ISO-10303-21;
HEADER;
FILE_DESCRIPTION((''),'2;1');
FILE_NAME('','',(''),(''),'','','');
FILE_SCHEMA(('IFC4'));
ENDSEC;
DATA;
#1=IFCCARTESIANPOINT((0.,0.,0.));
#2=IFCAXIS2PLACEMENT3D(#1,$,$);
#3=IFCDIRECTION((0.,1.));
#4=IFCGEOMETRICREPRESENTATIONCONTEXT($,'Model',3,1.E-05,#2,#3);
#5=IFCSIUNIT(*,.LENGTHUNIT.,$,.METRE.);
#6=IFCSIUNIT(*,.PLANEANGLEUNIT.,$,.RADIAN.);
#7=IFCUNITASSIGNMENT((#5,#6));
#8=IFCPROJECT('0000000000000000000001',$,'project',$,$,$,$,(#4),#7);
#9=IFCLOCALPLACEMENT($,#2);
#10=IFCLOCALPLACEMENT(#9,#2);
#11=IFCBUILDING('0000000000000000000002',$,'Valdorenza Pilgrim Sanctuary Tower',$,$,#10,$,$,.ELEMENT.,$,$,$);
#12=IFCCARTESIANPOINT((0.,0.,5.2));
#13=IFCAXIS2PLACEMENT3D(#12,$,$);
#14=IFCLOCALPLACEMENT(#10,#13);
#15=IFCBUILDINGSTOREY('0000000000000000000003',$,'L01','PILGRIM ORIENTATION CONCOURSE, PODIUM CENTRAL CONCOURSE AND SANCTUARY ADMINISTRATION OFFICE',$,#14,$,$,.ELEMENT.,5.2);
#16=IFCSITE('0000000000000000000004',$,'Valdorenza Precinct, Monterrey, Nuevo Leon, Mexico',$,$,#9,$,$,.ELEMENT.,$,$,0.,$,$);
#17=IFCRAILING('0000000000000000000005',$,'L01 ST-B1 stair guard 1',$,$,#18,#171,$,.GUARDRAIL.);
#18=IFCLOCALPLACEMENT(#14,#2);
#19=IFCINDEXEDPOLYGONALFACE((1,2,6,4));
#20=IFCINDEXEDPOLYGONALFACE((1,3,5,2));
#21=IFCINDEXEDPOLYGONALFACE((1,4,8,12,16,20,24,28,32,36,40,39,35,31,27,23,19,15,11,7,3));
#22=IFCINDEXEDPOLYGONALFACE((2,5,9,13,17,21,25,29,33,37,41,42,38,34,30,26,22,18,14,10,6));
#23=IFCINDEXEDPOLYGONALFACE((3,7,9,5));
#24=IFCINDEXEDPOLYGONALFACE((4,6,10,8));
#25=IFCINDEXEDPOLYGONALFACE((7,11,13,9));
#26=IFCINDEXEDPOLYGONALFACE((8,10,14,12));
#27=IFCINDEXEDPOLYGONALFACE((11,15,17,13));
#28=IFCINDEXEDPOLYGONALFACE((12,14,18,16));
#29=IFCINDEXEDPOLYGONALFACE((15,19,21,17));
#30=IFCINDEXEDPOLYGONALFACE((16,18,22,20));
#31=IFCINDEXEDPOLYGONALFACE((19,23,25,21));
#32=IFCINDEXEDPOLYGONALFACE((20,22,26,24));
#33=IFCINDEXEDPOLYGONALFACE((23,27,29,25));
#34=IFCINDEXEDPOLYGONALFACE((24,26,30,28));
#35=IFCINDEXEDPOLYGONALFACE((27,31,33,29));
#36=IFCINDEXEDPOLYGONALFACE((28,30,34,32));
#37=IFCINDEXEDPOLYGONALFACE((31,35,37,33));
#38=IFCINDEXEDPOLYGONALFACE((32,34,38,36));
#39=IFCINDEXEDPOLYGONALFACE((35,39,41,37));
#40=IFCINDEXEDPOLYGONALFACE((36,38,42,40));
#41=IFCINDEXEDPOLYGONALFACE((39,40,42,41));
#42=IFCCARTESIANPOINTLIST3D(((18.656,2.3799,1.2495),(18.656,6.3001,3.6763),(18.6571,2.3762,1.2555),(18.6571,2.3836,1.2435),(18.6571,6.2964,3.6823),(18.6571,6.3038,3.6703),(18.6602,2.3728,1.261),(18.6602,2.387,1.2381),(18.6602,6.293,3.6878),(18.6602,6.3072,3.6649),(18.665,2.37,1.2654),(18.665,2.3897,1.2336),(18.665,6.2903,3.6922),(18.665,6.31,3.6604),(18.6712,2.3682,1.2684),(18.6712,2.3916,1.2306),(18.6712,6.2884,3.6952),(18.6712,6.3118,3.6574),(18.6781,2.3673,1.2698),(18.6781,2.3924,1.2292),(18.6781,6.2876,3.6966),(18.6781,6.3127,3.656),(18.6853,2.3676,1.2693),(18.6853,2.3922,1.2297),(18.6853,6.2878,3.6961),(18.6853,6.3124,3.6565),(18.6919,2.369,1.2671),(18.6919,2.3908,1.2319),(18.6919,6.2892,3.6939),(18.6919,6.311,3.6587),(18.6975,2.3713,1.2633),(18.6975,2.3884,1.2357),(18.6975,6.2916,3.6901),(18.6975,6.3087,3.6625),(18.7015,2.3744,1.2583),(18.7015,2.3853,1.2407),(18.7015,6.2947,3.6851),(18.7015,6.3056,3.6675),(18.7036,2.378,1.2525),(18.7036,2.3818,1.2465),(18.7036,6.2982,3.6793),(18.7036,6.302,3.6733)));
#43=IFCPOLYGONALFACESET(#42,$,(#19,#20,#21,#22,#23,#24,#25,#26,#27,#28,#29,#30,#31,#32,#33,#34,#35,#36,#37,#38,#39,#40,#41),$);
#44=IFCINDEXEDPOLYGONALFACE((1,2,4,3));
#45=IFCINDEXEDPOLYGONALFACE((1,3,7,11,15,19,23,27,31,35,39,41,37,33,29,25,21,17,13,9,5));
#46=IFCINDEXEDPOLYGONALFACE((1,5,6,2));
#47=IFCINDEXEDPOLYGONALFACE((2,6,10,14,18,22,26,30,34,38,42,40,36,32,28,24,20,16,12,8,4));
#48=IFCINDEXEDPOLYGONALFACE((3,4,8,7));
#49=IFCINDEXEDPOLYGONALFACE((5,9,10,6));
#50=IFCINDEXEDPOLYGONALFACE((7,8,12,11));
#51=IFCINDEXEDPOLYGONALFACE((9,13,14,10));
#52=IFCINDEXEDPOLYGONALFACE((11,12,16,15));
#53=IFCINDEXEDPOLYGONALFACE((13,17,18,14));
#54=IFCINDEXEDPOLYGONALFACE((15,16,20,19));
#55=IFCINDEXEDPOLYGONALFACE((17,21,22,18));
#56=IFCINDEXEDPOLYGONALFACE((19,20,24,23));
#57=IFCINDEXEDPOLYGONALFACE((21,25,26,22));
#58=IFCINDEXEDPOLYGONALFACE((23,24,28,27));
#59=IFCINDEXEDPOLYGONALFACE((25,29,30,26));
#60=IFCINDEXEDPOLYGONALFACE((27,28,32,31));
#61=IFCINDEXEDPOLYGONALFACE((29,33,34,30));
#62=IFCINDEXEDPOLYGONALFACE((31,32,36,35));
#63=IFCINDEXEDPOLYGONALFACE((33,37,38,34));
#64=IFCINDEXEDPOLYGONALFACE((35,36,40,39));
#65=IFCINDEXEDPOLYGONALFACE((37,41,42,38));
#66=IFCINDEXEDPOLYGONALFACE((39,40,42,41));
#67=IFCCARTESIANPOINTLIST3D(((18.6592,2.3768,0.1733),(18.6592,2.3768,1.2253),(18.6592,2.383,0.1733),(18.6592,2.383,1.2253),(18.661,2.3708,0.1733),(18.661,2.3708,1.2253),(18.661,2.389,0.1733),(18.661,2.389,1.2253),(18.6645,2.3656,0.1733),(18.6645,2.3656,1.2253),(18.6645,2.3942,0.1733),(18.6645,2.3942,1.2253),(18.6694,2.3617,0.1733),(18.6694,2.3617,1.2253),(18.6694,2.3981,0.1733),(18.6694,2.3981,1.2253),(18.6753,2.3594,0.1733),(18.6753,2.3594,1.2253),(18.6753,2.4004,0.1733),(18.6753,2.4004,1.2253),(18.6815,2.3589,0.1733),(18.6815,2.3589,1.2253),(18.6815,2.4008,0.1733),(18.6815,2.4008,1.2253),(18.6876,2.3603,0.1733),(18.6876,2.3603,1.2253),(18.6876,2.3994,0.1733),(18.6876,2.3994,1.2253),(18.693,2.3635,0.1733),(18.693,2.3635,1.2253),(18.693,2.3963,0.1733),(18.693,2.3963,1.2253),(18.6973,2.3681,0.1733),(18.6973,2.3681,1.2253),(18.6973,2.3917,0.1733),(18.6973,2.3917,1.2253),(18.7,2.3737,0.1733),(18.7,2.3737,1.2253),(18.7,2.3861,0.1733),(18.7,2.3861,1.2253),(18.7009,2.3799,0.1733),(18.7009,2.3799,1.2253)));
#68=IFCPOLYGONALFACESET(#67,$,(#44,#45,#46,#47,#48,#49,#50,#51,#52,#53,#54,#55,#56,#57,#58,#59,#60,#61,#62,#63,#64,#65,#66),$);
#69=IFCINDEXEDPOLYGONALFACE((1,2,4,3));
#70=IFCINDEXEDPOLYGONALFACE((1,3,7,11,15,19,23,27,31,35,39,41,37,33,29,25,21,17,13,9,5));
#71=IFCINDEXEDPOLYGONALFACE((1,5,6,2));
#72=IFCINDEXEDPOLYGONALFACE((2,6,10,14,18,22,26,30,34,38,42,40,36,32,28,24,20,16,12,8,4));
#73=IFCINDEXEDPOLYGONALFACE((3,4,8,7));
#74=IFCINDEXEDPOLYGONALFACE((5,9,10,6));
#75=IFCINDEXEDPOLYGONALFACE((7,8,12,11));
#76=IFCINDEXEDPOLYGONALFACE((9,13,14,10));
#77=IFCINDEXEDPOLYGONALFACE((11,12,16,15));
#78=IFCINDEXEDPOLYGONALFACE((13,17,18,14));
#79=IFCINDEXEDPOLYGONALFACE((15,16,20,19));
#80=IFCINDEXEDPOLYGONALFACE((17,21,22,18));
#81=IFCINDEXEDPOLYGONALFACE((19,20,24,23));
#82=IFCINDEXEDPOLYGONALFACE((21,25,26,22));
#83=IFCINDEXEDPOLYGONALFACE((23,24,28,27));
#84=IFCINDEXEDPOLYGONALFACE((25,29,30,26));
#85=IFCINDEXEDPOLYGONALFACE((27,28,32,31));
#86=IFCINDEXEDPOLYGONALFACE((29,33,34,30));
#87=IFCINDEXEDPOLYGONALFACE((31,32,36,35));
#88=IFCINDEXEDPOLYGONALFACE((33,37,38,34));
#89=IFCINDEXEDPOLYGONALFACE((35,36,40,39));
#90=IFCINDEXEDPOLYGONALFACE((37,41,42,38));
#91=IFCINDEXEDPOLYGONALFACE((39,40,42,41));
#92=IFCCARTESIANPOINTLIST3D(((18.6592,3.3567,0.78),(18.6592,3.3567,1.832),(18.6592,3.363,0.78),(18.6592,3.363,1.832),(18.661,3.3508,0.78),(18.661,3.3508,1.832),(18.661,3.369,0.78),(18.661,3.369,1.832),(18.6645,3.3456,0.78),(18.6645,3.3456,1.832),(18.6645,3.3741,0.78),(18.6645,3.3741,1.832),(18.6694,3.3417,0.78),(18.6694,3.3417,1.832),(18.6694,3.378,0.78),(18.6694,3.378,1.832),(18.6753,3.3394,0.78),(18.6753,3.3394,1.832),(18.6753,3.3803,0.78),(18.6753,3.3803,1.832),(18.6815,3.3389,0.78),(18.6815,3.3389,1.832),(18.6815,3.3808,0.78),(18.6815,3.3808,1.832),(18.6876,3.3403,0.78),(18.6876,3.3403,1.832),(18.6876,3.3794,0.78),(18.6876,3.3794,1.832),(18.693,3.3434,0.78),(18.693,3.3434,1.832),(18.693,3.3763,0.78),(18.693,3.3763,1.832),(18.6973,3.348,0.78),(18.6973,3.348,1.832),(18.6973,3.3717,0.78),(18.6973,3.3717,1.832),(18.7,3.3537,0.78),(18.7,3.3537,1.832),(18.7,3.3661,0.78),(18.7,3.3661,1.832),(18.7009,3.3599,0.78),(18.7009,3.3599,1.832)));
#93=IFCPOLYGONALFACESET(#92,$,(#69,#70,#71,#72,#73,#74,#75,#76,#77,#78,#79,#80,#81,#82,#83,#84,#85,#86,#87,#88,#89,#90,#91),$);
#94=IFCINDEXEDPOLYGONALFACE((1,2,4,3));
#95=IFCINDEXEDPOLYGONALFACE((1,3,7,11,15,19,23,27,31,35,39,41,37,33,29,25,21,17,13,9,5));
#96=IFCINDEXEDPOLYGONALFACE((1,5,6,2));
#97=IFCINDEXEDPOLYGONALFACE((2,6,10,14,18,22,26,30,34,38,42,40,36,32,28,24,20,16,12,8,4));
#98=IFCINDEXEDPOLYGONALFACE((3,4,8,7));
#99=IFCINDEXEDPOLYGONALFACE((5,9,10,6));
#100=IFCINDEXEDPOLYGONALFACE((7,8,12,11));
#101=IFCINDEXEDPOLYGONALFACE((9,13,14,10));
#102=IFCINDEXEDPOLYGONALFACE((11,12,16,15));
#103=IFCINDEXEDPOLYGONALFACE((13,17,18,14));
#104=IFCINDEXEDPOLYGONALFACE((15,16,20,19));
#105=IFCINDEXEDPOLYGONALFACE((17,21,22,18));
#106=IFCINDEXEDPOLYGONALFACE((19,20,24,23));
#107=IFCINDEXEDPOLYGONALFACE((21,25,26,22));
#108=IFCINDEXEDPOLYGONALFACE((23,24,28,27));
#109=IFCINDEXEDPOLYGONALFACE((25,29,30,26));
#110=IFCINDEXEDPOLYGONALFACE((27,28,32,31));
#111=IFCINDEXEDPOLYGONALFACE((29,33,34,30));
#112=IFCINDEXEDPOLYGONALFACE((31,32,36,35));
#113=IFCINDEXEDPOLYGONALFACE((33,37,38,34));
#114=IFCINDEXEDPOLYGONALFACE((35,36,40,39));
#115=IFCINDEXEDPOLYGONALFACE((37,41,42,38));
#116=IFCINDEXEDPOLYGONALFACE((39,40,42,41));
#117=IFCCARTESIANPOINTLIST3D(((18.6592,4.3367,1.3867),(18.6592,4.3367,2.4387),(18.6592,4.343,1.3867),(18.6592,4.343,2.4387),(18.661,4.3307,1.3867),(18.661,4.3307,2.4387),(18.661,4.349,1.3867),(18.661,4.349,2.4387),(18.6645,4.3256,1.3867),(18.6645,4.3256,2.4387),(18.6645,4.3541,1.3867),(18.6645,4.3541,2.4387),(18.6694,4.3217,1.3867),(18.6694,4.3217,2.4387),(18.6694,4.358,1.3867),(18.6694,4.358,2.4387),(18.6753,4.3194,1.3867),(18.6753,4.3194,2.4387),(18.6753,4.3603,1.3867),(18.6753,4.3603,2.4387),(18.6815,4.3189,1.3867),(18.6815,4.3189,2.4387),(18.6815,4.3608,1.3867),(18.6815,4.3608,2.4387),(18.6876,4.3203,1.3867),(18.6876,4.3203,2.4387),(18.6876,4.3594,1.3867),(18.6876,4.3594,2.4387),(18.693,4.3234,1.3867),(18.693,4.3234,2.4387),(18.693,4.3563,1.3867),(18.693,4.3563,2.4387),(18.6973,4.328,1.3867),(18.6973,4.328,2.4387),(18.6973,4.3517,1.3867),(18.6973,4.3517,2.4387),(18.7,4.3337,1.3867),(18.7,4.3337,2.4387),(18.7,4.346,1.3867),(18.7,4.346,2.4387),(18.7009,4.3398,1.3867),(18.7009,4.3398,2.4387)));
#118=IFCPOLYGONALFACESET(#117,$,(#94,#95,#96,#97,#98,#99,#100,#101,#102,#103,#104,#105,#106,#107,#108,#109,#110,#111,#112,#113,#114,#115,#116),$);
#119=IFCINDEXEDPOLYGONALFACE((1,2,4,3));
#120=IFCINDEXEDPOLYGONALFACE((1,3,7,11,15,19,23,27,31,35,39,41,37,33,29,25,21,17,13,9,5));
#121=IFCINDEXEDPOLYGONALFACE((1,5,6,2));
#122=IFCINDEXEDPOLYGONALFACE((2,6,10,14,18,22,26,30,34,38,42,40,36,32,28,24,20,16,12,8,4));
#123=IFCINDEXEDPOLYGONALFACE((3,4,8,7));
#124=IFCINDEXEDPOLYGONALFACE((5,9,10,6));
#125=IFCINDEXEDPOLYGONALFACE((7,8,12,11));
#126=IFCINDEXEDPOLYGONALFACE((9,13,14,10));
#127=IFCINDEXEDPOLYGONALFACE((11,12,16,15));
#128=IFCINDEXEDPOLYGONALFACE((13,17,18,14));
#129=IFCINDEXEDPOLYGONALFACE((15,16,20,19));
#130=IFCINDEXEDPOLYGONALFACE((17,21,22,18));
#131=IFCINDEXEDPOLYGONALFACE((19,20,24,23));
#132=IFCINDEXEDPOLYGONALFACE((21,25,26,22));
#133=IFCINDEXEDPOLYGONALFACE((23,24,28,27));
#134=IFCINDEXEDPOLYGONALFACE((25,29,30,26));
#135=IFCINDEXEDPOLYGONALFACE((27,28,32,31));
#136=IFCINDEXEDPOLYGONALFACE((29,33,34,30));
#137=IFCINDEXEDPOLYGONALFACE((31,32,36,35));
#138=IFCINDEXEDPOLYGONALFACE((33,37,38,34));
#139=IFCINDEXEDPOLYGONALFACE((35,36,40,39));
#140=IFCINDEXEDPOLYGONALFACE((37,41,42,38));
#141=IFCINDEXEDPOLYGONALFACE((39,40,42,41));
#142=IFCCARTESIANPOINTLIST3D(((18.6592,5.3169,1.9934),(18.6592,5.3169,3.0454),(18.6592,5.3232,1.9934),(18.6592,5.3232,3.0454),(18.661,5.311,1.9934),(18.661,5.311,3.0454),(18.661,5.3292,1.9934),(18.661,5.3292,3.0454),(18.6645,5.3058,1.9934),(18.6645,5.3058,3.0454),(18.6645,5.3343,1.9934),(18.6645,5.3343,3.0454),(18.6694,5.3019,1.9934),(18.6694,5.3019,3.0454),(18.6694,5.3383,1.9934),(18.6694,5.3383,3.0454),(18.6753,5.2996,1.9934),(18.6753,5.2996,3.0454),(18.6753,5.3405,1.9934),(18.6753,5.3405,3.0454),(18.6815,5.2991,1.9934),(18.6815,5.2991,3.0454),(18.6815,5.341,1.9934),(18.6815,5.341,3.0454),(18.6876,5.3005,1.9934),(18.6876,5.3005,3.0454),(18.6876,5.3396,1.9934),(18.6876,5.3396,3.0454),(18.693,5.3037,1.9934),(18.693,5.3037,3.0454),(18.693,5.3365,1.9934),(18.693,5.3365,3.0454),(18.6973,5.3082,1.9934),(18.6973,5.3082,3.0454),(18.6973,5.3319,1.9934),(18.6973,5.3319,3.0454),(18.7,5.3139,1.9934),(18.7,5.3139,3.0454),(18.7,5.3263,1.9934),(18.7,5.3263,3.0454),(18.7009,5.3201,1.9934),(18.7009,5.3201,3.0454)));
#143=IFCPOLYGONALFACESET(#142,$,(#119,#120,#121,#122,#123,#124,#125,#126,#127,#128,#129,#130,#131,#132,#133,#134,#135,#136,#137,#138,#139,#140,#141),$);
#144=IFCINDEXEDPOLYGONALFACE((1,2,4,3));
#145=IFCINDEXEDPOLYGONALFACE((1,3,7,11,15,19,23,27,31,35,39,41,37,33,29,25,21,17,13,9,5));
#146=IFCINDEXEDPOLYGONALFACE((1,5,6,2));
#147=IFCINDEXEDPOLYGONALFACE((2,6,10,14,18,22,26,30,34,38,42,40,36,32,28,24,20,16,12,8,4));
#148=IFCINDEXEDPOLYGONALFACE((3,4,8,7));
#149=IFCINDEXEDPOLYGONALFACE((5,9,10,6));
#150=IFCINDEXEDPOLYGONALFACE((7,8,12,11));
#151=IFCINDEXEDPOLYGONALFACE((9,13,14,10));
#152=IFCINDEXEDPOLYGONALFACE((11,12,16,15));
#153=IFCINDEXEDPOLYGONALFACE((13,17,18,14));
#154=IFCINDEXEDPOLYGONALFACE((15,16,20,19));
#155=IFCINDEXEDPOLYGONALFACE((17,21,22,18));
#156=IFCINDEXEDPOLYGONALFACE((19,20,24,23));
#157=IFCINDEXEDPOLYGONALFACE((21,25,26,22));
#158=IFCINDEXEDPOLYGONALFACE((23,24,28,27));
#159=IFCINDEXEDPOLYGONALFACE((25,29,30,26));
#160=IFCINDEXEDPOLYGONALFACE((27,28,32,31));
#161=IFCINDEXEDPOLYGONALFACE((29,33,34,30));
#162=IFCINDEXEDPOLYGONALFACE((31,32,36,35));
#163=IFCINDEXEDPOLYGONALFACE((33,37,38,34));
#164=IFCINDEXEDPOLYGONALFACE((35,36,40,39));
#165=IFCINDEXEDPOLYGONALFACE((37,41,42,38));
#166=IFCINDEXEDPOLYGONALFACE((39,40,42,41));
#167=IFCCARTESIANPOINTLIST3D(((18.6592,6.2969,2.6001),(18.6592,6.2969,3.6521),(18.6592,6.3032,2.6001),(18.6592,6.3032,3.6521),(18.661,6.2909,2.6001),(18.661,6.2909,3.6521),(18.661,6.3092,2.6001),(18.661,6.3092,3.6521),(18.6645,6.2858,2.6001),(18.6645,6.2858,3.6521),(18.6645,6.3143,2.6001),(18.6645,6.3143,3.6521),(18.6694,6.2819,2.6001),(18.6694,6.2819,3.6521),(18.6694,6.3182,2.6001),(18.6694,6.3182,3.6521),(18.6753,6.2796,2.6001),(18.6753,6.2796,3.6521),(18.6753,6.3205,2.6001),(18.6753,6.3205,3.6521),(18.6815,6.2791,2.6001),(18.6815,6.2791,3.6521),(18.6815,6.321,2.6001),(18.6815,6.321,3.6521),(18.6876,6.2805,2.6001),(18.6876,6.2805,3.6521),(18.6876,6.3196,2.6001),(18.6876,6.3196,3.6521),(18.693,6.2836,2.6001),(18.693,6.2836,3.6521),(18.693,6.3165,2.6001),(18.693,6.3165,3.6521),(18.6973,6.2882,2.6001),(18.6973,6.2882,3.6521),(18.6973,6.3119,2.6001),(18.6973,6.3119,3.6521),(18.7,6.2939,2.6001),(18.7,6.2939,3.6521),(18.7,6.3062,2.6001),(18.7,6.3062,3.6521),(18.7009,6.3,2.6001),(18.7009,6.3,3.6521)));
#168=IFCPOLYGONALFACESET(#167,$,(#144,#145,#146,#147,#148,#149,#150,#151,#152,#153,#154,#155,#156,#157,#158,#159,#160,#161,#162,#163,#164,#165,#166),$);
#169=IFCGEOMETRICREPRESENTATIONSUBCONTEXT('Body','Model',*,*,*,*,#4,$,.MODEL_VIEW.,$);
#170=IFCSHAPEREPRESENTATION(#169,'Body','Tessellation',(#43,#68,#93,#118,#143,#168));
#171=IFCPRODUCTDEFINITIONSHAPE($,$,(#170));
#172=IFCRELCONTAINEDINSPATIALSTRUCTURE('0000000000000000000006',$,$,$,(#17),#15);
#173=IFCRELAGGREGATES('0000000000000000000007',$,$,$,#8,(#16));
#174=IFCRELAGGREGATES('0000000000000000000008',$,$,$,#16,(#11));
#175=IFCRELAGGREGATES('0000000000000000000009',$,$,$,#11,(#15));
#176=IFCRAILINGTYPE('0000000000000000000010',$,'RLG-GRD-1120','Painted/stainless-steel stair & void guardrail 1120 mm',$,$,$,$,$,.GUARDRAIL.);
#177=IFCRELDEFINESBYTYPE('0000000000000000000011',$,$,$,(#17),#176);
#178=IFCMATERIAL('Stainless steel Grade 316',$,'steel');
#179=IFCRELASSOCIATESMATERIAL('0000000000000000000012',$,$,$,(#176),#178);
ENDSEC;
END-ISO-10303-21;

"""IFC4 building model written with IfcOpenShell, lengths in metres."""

from ifc_helpers import new_model, si_unit, direction, frame, origin, origin_2d, place, context, subcontext, project, spatial, circle, extrude, material, type_object, element, save


model = new_model("IFC4")

# Units and contexts
model_context = context("Model", 3, precision=1e-05, world=origin(), true_north=direction((0.0, 1.0)))
body_context = subcontext(model_context, "Body", "Model", "MODEL_VIEW")
ifc_project = project(units=[si_unit("LENGTHUNIT", "METRE"), si_unit("PLANEANGLEUNIT", "RADIAN")], contexts=[model_context])

# Site, building, storey
site_placement = place(None, origin())
site = spatial("IfcSite", under=ifc_project, at=site_placement, Name="Valdorenza Precinct, Monterrey, Nuevo Leon, Mexico", CompositionType="ELEMENT", RefElevation=0.0)
building_placement = place(site_placement, origin())
building = spatial("IfcBuilding", under=site, at=building_placement, Name="Valdorenza Pilgrim Sanctuary Tower", CompositionType="ELEMENT")
storey_placement = place(building_placement, frame((0.0, 0.0, 5.2)))
storey = spatial("IfcBuildingStorey", under=building, at=storey_placement, Name="L01", Description="PILGRIM ORIENTATION CONCOURSE, PODIUM CENTRAL CONCOURSE AND SANCTUARY ADMINISTRATION OFFICE", CompositionType="ELEMENT", Elevation=5.2)

# Railing
ifc_material_1 = material(Name="Stainless steel Grade 316", Category="steel")
railing_type_1 = type_object("IfcRailingType", Name="RLG-GRD-1120", Description="Painted/stainless-steel stair & void guardrail 1120 mm", PredefinedType="GUARDRAIL", material=ifc_material_1)
railing_1_placement = place(storey_placement, frame((18.6799, 2.3799, 0.1733)))
element("IfcRailing", 1, at=railing_1_placement, inside=storey, type_object=railing_type_1, Name="L01 ST-B1 stair guard 1", PredefinedType="GUARDRAIL", context=body_context, shape_type="SweptSolid", body=[
    extrude(circle(Radius=0.0239, at=origin_2d()), frame((0.0, 0.0, 1.0762), z_axis=(0.0, 0.850266, 0.526353), x_axis=(-1.0, 0.0, 0.0)), (0.0, 0.0, 1.0), 4.6106),
    extrude(circle(Radius=0.021, at=origin_2d()), origin(), (0.0, 0.0, 1.0), 1.052),
    extrude(circle(Radius=0.021, at=origin_2d()), frame((0.0, 0.98, 0.6067)), (0.0, 0.0, 1.0), 1.052),
    extrude(circle(Radius=0.021, at=origin_2d()), frame((0.0, 1.96, 1.2134)), (0.0, 0.0, 1.0), 1.052),
    extrude(circle(Radius=0.021, at=origin_2d()), frame((0.0, 2.9402, 1.8201)), (0.0, 0.0, 1.0), 1.052),
    extrude(circle(Radius=0.021, at=origin_2d()), frame((0.0, 3.9202, 2.4268)), (0.0, 0.0, 1.0), 1.052),
])

save(model, "model.ifc")
